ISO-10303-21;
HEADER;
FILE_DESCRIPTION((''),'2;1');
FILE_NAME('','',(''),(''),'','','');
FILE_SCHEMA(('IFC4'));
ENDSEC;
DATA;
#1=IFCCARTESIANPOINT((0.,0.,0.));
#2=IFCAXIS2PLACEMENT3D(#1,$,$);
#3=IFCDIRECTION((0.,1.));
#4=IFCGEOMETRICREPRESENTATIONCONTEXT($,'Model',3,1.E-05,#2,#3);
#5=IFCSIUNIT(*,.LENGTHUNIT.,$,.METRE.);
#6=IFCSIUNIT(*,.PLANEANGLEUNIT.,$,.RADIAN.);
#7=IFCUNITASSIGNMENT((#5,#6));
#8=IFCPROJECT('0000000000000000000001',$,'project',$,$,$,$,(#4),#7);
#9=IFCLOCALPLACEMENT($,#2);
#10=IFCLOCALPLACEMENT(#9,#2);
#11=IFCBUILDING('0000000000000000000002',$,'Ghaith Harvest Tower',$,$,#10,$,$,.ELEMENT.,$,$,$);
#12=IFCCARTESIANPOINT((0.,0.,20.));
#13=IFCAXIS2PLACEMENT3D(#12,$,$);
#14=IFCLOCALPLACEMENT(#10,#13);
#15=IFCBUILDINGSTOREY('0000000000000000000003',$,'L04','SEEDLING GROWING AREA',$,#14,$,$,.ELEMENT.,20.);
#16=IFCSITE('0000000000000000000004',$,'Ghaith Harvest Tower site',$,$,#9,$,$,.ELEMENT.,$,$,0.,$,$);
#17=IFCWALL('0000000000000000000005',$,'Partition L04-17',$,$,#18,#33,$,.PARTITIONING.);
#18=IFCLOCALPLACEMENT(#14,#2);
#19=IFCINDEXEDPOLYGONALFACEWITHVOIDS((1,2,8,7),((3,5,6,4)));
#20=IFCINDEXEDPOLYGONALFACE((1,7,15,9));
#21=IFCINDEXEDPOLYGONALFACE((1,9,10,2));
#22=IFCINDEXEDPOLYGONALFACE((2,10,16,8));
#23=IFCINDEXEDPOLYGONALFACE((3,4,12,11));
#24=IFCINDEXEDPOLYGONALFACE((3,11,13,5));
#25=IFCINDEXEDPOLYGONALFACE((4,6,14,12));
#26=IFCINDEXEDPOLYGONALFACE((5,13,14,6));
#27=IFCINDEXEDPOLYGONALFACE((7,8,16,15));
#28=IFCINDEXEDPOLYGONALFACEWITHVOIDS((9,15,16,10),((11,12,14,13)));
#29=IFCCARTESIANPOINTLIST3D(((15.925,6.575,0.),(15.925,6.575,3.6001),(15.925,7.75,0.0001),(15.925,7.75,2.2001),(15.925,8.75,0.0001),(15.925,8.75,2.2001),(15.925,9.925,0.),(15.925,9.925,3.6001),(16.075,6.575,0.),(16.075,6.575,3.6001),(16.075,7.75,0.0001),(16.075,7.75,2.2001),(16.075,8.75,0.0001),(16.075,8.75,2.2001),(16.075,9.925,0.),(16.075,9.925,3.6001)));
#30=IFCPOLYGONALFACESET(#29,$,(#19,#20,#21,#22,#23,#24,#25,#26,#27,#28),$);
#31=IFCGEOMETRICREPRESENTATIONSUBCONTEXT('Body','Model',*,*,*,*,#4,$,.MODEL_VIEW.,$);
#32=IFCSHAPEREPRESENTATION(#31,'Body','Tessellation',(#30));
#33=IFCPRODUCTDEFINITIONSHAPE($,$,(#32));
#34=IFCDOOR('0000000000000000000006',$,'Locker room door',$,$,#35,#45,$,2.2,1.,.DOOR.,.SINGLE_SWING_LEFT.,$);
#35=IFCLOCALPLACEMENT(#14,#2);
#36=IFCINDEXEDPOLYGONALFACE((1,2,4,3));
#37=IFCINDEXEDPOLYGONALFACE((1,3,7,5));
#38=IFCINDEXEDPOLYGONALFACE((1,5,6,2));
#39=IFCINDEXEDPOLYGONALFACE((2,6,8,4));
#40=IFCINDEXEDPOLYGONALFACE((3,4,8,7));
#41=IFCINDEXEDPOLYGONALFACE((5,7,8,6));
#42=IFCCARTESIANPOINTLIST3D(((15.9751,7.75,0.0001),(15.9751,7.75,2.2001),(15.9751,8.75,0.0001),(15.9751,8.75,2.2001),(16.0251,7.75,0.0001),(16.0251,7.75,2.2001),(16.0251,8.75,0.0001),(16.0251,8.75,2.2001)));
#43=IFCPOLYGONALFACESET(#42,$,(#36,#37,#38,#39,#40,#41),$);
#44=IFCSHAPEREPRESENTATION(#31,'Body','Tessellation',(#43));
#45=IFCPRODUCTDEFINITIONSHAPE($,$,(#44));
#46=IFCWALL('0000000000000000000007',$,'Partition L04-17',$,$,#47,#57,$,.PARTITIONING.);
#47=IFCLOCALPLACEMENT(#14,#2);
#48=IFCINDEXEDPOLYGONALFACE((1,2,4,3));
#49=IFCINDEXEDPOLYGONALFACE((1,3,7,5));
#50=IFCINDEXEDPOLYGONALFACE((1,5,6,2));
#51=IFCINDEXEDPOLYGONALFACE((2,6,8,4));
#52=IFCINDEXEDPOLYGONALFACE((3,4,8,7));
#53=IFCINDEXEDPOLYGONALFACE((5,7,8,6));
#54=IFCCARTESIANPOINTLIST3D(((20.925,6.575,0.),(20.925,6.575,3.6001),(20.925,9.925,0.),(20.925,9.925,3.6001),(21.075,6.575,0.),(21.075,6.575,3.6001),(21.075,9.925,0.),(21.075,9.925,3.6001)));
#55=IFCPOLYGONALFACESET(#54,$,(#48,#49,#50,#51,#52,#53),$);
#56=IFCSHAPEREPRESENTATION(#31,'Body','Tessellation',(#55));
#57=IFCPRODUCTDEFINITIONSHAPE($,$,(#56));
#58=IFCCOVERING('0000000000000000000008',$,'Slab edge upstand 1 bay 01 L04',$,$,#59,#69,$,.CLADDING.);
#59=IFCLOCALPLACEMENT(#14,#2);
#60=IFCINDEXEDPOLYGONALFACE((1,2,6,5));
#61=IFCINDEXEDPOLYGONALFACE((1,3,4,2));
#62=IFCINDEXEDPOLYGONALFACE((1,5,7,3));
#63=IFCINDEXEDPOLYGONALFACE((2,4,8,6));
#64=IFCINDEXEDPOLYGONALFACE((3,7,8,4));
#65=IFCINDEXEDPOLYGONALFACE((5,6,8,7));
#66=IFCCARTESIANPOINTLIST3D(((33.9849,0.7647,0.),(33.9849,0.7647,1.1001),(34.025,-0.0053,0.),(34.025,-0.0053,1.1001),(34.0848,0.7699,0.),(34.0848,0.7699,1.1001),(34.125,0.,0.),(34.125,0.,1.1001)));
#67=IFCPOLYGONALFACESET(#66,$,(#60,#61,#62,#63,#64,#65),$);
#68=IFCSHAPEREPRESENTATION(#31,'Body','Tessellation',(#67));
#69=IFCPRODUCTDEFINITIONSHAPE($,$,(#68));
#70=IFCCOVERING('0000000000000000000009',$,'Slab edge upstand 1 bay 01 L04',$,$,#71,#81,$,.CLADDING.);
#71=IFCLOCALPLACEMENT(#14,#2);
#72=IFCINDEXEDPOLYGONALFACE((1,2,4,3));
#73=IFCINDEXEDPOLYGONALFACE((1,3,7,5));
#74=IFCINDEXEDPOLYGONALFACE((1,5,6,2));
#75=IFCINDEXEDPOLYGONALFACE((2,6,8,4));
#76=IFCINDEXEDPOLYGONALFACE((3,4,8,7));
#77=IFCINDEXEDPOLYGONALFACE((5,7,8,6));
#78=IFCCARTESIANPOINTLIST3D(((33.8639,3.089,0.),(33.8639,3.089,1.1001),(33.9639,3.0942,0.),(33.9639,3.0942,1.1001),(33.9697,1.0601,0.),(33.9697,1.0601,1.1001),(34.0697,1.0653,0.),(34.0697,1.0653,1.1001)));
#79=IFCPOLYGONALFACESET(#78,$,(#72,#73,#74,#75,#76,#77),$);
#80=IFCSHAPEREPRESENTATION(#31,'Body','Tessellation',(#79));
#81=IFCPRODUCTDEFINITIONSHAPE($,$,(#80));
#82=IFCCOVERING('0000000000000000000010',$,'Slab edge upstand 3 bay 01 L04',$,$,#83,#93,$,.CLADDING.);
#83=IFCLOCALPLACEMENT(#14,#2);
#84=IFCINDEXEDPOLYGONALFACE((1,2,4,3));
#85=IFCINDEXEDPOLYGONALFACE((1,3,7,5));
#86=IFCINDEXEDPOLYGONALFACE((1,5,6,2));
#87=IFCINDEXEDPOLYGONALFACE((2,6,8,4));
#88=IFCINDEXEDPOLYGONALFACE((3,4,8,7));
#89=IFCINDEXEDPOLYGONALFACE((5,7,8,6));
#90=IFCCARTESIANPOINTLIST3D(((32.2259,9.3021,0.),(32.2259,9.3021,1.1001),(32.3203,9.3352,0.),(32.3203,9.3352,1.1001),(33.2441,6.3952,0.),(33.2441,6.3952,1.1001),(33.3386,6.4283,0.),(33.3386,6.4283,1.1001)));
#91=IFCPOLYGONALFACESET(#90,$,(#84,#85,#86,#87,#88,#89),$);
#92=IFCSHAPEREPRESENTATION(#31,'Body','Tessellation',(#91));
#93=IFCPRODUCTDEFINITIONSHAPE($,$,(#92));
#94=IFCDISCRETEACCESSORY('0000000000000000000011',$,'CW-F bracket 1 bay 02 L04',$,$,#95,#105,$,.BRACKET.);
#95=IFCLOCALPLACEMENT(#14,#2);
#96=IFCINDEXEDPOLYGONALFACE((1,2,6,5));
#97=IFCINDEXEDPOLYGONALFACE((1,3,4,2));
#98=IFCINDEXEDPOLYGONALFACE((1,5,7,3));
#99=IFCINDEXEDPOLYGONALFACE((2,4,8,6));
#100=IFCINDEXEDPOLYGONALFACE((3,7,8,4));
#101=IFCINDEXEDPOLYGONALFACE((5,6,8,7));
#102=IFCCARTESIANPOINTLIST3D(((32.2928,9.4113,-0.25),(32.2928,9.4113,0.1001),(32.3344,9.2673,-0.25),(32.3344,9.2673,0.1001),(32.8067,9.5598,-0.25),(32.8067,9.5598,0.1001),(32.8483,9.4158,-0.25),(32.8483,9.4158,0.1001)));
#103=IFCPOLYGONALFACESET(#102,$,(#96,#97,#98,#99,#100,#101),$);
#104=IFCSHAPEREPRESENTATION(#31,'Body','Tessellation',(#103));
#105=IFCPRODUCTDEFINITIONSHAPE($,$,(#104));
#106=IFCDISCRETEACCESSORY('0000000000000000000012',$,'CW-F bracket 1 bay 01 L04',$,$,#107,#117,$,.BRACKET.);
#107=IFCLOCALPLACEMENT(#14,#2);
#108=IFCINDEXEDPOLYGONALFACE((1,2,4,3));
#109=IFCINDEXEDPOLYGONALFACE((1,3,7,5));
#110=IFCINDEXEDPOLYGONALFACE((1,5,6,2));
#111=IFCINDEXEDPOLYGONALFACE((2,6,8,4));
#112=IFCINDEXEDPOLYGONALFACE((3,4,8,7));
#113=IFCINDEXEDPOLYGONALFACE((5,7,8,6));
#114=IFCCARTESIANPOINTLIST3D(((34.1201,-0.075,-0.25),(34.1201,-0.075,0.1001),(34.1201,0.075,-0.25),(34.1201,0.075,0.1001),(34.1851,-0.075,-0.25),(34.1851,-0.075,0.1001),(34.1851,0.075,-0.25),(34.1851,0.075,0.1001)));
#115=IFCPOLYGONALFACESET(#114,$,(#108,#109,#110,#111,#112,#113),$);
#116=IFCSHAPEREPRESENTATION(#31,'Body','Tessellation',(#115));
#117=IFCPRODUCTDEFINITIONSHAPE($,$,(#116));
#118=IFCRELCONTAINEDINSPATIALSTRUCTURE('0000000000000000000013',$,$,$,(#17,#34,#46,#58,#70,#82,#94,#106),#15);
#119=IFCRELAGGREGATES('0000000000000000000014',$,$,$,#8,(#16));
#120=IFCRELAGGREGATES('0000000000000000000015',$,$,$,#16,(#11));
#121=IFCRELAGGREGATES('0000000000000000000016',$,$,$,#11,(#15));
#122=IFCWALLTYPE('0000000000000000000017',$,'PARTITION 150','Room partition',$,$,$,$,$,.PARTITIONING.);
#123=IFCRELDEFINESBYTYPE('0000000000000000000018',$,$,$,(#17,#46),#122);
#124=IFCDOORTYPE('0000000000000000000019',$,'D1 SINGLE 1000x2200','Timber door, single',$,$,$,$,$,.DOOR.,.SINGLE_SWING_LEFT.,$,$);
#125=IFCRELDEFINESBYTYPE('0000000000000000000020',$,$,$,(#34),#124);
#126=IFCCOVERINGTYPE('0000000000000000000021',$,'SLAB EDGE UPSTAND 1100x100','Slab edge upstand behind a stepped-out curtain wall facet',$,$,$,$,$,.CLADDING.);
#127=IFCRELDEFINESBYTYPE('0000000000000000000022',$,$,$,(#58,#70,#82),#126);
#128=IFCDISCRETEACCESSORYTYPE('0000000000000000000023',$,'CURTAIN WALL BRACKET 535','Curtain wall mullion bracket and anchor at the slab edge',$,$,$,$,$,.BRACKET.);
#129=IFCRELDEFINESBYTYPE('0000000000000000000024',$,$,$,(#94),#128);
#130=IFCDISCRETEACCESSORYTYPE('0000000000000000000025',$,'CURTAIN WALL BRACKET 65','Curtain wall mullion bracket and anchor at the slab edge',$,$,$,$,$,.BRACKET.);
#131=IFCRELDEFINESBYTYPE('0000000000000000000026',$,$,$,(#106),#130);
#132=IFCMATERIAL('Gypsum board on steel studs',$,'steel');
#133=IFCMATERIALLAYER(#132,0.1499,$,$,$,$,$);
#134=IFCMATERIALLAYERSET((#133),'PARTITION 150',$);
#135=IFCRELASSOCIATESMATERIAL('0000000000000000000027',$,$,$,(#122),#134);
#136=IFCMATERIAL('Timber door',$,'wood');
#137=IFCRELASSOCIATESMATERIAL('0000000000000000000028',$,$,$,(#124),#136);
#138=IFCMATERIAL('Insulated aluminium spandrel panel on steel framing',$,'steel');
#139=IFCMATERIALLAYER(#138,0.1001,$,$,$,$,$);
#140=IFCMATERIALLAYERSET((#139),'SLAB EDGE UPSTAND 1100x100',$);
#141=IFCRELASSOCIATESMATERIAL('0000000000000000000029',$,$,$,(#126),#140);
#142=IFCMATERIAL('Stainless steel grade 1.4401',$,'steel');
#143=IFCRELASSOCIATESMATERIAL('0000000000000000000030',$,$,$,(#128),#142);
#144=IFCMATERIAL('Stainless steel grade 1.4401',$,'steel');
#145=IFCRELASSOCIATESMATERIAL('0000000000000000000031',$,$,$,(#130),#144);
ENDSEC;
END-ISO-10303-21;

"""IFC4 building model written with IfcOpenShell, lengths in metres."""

from ifc_helpers import new_model, si_unit, direction, frame, frame_2d, origin, origin_2d, place, context, subcontext, project, spatial, rectangle, extrude, material, layer, layer_set, type_object, element, fill, save


model = new_model("IFC4")

# Units and contexts
model_context = context("Model", 3, precision=1e-05, world=origin(), true_north=direction((0.0, 1.0)))
body_context = subcontext(model_context, "Body", "Model", "MODEL_VIEW")
ifc_project = project(units=[si_unit("LENGTHUNIT", "METRE"), si_unit("PLANEANGLEUNIT", "RADIAN")], contexts=[model_context])

# Site, building, storey
site_placement = place(None, origin())
site = spatial("IfcSite", under=ifc_project, at=site_placement, Name="Ghaith Harvest Tower site", CompositionType="ELEMENT", RefElevation=0.0)
building_placement = place(site_placement, origin())
building = spatial("IfcBuilding", under=site, at=building_placement, Name="Ghaith Harvest Tower", CompositionType="ELEMENT")
storey_placement = place(building_placement, frame((0.0, 0.0, 20.0)))
storey = spatial("IfcBuildingStorey", under=building, at=storey_placement, Name="L04", Description="SEEDLING GROWING AREA", CompositionType="ELEMENT", Elevation=20.0)

# Shared definitions
ifc_material_1 = material(Name="Gypsum board on steel studs", Category="steel")
ifc_layer_1 = layer(ifc_material_1, 0.1499)
ifc_layer_set_1 = layer_set([ifc_layer_1], Name="PARTITION 150")
wall_type_1 = type_object("IfcWallType", Name="PARTITION 150", Description="Room partition", PredefinedType="PARTITIONING", material=ifc_layer_set_1)

# Shared definitions
ifc_material_2 = material(Name="Timber door", Category="wood")
door_type_1 = type_object("IfcDoorType", Name="D1 SINGLE 1000x2200", Description="Timber door, single", OperationType="SINGLE_SWING_LEFT", PredefinedType="DOOR", material=ifc_material_2)

# Wall, opening, door
wall_1_placement = place(storey_placement, frame((16.0, 6.575, 0.0), z_axis=(0.0, 0.0, 1.0), x_axis=(0.0, 1.0, 0.0)))
wall_1 = element("IfcWall", 1, at=wall_1_placement, inside=storey, type_object=wall_type_1, Name="Partition L04-17", PredefinedType="PARTITIONING", context=body_context, shape_type="SweptSolid", body=[
    extrude(rectangle(XDim=3.3501, YDim=0.1499, at=frame_2d((1.675, 0.0))), origin(), (0.0, 0.0, 1.0), 3.6001),
])
opening_1_placement = place(wall_1_placement, frame((1.175, 0.0, 0.0)))
opening_1 = element("IfcOpeningElement", 2, at=opening_1_placement, cuts=wall_1, PredefinedType="OPENING", context=body_context, shape_type="SweptSolid", body=[
    extrude(rectangle(XDim=1.0, YDim=2.2, at=frame_2d((0.5, 1.1001))), frame((0.0, 0.085, 0.0), z_axis=(0.0, -1.0, 0.0), x_axis=(1.0, 0.0, 0.0)), (0.0, 0.0, 1.0), 0.1699),
])
door_1_placement = place(opening_1_placement, origin())
door_1 = element("IfcDoor", 3, at=door_1_placement, inside=storey, type_object=door_type_1, Name="Locker room door", OperationType="SINGLE_SWING_LEFT", OverallHeight=2.2, OverallWidth=1.0, PredefinedType="DOOR", context=body_context, shape_type="SweptSolid", body=[
    extrude(rectangle(XDim=1.0, YDim=2.2, at=frame_2d((0.5, 1.1001))), frame((0.0, 0.0249, 0.0), z_axis=(0.0, -1.0, 0.0), x_axis=(1.0, 0.0, 0.0)), (0.0, 0.0, 1.0), 0.05),
])
fill(opening_1, door_1)

# Wall
wall_2_placement = place(storey_placement, frame((21.0, 6.575, 0.0), z_axis=(0.0, 0.0, 1.0), x_axis=(0.0, 1.0, 0.0)))
element("IfcWall", 4, at=wall_2_placement, inside=storey, type_object=wall_type_1, Name="Partition L04-17", PredefinedType="PARTITIONING", context=body_context, shape_type="SweptSolid", body=[
    extrude(rectangle(XDim=3.3501, YDim=0.1499, at=frame_2d((1.675, 0.0))), origin(), (0.0, 0.0, 1.0), 3.6001),
])

# Coverings
ifc_material_3 = material(Name="Insulated aluminium spandrel panel on steel framing", Category="steel")
ifc_layer_2 = layer(ifc_material_3, 0.1001)
ifc_layer_set_2 = layer_set([ifc_layer_2], Name="SLAB EDGE UPSTAND 1100x100")
covering_type = type_object("IfcCoveringType", Name="SLAB EDGE UPSTAND 1100x100", Description="Slab edge upstand behind a stepped-out curtain wall facet", PredefinedType="CLADDING", material=ifc_layer_set_2)
covering_1_placement = place(storey_placement, frame((34.0549, 0.3823, 0.0), z_axis=(0.0, 0.0, 1.0), x_axis=(-0.052049, 0.998645, 0.0)))
element("IfcCovering", 5, at=covering_1_placement, inside=storey, type_object=covering_type, Name="Slab edge upstand 1 bay 01 L04", PredefinedType="CLADDING", context=body_context, shape_type="SweptSolid", body=[
    extrude(rectangle(XDim=0.771, YDim=0.1001, at=origin_2d()), origin(), (0.0, 0.0, 1.0), 1.1001),
])
covering_2_placement = place(storey_placement, frame((33.9668, 2.0771, 0.0), z_axis=(0.0, 0.0, 1.0), x_axis=(-0.052049, 0.998645, 0.0)))
element("IfcCovering", 6, at=covering_2_placement, inside=storey, type_object=covering_type, Name="Slab edge upstand 1 bay 01 L04", PredefinedType="CLADDING", context=body_context, shape_type="SweptSolid", body=[
    extrude(rectangle(XDim=2.0317, YDim=0.1001, at=origin_2d()), origin(), (0.0, 0.0, 1.0), 1.1001),
])
covering_3_placement = place(storey_placement, frame((32.7822, 7.8652, 0.0), z_axis=(0.0, 0.0, 1.0), x_axis=(-0.330598, 0.943772, 0.0)))
element("IfcCovering", 7, at=covering_3_placement, inside=storey, type_object=covering_type, Name="Slab edge upstand 3 bay 01 L04", PredefinedType="CLADDING", context=body_context, shape_type="SweptSolid", body=[
    extrude(rectangle(XDim=3.0801, YDim=0.1001, at=origin_2d()), origin(), (0.0, 0.0, 1.0), 1.1001),
])

# Discrete accessories
ifc_material_4 = material(Name="Stainless steel grade 1.4401", Category="steel")
discrete_accessory_type_1 = type_object("IfcDiscreteAccessoryType", Name="CURTAIN WALL BRACKET 535", Description="Curtain wall mullion bracket and anchor at the slab edge", PredefinedType="BRACKET", material=ifc_material_4)
discrete_accessory_1_placement = place(storey_placement, frame((32.5706, 9.4136, -0.25), z_axis=(0.0, 0.0, 1.0), x_axis=(0.96068, 0.277657, 0.0)))
element("IfcDiscreteAccessory", 8, at=discrete_accessory_1_placement, inside=storey, type_object=discrete_accessory_type_1, Name="CW-F bracket 1 bay 02 L04", PredefinedType="BRACKET", context=body_context, shape_type="SweptSolid", body=[
    extrude(rectangle(XDim=0.5349, YDim=0.1499, at=origin_2d()), origin(), (0.0, 0.0, 1.0), 0.3501),
])
ifc_material_5 = material(Name="Stainless steel grade 1.4401", Category="steel")
discrete_accessory_type_2 = type_object("IfcDiscreteAccessoryType", Name="CURTAIN WALL BRACKET 65", Description="Curtain wall mullion bracket and anchor at the slab edge", PredefinedType="BRACKET", material=ifc_material_5)
discrete_accessory_2_placement = place(storey_placement, frame((34.1526, 0.0, -0.25), z_axis=(0.0, 0.0, 1.0), x_axis=(1.0, 0.0, 0.0)))
element("IfcDiscreteAccessory", 9, at=discrete_accessory_2_placement, inside=storey, type_object=discrete_accessory_type_2, Name="CW-F bracket 1 bay 01 L04", PredefinedType="BRACKET", context=body_context, shape_type="SweptSolid", body=[
    extrude(rectangle(XDim=0.0649, YDim=0.1499, at=origin_2d()), origin(), (0.0, 0.0, 1.0), 0.3501),
])

save(model, "model.ifc")
